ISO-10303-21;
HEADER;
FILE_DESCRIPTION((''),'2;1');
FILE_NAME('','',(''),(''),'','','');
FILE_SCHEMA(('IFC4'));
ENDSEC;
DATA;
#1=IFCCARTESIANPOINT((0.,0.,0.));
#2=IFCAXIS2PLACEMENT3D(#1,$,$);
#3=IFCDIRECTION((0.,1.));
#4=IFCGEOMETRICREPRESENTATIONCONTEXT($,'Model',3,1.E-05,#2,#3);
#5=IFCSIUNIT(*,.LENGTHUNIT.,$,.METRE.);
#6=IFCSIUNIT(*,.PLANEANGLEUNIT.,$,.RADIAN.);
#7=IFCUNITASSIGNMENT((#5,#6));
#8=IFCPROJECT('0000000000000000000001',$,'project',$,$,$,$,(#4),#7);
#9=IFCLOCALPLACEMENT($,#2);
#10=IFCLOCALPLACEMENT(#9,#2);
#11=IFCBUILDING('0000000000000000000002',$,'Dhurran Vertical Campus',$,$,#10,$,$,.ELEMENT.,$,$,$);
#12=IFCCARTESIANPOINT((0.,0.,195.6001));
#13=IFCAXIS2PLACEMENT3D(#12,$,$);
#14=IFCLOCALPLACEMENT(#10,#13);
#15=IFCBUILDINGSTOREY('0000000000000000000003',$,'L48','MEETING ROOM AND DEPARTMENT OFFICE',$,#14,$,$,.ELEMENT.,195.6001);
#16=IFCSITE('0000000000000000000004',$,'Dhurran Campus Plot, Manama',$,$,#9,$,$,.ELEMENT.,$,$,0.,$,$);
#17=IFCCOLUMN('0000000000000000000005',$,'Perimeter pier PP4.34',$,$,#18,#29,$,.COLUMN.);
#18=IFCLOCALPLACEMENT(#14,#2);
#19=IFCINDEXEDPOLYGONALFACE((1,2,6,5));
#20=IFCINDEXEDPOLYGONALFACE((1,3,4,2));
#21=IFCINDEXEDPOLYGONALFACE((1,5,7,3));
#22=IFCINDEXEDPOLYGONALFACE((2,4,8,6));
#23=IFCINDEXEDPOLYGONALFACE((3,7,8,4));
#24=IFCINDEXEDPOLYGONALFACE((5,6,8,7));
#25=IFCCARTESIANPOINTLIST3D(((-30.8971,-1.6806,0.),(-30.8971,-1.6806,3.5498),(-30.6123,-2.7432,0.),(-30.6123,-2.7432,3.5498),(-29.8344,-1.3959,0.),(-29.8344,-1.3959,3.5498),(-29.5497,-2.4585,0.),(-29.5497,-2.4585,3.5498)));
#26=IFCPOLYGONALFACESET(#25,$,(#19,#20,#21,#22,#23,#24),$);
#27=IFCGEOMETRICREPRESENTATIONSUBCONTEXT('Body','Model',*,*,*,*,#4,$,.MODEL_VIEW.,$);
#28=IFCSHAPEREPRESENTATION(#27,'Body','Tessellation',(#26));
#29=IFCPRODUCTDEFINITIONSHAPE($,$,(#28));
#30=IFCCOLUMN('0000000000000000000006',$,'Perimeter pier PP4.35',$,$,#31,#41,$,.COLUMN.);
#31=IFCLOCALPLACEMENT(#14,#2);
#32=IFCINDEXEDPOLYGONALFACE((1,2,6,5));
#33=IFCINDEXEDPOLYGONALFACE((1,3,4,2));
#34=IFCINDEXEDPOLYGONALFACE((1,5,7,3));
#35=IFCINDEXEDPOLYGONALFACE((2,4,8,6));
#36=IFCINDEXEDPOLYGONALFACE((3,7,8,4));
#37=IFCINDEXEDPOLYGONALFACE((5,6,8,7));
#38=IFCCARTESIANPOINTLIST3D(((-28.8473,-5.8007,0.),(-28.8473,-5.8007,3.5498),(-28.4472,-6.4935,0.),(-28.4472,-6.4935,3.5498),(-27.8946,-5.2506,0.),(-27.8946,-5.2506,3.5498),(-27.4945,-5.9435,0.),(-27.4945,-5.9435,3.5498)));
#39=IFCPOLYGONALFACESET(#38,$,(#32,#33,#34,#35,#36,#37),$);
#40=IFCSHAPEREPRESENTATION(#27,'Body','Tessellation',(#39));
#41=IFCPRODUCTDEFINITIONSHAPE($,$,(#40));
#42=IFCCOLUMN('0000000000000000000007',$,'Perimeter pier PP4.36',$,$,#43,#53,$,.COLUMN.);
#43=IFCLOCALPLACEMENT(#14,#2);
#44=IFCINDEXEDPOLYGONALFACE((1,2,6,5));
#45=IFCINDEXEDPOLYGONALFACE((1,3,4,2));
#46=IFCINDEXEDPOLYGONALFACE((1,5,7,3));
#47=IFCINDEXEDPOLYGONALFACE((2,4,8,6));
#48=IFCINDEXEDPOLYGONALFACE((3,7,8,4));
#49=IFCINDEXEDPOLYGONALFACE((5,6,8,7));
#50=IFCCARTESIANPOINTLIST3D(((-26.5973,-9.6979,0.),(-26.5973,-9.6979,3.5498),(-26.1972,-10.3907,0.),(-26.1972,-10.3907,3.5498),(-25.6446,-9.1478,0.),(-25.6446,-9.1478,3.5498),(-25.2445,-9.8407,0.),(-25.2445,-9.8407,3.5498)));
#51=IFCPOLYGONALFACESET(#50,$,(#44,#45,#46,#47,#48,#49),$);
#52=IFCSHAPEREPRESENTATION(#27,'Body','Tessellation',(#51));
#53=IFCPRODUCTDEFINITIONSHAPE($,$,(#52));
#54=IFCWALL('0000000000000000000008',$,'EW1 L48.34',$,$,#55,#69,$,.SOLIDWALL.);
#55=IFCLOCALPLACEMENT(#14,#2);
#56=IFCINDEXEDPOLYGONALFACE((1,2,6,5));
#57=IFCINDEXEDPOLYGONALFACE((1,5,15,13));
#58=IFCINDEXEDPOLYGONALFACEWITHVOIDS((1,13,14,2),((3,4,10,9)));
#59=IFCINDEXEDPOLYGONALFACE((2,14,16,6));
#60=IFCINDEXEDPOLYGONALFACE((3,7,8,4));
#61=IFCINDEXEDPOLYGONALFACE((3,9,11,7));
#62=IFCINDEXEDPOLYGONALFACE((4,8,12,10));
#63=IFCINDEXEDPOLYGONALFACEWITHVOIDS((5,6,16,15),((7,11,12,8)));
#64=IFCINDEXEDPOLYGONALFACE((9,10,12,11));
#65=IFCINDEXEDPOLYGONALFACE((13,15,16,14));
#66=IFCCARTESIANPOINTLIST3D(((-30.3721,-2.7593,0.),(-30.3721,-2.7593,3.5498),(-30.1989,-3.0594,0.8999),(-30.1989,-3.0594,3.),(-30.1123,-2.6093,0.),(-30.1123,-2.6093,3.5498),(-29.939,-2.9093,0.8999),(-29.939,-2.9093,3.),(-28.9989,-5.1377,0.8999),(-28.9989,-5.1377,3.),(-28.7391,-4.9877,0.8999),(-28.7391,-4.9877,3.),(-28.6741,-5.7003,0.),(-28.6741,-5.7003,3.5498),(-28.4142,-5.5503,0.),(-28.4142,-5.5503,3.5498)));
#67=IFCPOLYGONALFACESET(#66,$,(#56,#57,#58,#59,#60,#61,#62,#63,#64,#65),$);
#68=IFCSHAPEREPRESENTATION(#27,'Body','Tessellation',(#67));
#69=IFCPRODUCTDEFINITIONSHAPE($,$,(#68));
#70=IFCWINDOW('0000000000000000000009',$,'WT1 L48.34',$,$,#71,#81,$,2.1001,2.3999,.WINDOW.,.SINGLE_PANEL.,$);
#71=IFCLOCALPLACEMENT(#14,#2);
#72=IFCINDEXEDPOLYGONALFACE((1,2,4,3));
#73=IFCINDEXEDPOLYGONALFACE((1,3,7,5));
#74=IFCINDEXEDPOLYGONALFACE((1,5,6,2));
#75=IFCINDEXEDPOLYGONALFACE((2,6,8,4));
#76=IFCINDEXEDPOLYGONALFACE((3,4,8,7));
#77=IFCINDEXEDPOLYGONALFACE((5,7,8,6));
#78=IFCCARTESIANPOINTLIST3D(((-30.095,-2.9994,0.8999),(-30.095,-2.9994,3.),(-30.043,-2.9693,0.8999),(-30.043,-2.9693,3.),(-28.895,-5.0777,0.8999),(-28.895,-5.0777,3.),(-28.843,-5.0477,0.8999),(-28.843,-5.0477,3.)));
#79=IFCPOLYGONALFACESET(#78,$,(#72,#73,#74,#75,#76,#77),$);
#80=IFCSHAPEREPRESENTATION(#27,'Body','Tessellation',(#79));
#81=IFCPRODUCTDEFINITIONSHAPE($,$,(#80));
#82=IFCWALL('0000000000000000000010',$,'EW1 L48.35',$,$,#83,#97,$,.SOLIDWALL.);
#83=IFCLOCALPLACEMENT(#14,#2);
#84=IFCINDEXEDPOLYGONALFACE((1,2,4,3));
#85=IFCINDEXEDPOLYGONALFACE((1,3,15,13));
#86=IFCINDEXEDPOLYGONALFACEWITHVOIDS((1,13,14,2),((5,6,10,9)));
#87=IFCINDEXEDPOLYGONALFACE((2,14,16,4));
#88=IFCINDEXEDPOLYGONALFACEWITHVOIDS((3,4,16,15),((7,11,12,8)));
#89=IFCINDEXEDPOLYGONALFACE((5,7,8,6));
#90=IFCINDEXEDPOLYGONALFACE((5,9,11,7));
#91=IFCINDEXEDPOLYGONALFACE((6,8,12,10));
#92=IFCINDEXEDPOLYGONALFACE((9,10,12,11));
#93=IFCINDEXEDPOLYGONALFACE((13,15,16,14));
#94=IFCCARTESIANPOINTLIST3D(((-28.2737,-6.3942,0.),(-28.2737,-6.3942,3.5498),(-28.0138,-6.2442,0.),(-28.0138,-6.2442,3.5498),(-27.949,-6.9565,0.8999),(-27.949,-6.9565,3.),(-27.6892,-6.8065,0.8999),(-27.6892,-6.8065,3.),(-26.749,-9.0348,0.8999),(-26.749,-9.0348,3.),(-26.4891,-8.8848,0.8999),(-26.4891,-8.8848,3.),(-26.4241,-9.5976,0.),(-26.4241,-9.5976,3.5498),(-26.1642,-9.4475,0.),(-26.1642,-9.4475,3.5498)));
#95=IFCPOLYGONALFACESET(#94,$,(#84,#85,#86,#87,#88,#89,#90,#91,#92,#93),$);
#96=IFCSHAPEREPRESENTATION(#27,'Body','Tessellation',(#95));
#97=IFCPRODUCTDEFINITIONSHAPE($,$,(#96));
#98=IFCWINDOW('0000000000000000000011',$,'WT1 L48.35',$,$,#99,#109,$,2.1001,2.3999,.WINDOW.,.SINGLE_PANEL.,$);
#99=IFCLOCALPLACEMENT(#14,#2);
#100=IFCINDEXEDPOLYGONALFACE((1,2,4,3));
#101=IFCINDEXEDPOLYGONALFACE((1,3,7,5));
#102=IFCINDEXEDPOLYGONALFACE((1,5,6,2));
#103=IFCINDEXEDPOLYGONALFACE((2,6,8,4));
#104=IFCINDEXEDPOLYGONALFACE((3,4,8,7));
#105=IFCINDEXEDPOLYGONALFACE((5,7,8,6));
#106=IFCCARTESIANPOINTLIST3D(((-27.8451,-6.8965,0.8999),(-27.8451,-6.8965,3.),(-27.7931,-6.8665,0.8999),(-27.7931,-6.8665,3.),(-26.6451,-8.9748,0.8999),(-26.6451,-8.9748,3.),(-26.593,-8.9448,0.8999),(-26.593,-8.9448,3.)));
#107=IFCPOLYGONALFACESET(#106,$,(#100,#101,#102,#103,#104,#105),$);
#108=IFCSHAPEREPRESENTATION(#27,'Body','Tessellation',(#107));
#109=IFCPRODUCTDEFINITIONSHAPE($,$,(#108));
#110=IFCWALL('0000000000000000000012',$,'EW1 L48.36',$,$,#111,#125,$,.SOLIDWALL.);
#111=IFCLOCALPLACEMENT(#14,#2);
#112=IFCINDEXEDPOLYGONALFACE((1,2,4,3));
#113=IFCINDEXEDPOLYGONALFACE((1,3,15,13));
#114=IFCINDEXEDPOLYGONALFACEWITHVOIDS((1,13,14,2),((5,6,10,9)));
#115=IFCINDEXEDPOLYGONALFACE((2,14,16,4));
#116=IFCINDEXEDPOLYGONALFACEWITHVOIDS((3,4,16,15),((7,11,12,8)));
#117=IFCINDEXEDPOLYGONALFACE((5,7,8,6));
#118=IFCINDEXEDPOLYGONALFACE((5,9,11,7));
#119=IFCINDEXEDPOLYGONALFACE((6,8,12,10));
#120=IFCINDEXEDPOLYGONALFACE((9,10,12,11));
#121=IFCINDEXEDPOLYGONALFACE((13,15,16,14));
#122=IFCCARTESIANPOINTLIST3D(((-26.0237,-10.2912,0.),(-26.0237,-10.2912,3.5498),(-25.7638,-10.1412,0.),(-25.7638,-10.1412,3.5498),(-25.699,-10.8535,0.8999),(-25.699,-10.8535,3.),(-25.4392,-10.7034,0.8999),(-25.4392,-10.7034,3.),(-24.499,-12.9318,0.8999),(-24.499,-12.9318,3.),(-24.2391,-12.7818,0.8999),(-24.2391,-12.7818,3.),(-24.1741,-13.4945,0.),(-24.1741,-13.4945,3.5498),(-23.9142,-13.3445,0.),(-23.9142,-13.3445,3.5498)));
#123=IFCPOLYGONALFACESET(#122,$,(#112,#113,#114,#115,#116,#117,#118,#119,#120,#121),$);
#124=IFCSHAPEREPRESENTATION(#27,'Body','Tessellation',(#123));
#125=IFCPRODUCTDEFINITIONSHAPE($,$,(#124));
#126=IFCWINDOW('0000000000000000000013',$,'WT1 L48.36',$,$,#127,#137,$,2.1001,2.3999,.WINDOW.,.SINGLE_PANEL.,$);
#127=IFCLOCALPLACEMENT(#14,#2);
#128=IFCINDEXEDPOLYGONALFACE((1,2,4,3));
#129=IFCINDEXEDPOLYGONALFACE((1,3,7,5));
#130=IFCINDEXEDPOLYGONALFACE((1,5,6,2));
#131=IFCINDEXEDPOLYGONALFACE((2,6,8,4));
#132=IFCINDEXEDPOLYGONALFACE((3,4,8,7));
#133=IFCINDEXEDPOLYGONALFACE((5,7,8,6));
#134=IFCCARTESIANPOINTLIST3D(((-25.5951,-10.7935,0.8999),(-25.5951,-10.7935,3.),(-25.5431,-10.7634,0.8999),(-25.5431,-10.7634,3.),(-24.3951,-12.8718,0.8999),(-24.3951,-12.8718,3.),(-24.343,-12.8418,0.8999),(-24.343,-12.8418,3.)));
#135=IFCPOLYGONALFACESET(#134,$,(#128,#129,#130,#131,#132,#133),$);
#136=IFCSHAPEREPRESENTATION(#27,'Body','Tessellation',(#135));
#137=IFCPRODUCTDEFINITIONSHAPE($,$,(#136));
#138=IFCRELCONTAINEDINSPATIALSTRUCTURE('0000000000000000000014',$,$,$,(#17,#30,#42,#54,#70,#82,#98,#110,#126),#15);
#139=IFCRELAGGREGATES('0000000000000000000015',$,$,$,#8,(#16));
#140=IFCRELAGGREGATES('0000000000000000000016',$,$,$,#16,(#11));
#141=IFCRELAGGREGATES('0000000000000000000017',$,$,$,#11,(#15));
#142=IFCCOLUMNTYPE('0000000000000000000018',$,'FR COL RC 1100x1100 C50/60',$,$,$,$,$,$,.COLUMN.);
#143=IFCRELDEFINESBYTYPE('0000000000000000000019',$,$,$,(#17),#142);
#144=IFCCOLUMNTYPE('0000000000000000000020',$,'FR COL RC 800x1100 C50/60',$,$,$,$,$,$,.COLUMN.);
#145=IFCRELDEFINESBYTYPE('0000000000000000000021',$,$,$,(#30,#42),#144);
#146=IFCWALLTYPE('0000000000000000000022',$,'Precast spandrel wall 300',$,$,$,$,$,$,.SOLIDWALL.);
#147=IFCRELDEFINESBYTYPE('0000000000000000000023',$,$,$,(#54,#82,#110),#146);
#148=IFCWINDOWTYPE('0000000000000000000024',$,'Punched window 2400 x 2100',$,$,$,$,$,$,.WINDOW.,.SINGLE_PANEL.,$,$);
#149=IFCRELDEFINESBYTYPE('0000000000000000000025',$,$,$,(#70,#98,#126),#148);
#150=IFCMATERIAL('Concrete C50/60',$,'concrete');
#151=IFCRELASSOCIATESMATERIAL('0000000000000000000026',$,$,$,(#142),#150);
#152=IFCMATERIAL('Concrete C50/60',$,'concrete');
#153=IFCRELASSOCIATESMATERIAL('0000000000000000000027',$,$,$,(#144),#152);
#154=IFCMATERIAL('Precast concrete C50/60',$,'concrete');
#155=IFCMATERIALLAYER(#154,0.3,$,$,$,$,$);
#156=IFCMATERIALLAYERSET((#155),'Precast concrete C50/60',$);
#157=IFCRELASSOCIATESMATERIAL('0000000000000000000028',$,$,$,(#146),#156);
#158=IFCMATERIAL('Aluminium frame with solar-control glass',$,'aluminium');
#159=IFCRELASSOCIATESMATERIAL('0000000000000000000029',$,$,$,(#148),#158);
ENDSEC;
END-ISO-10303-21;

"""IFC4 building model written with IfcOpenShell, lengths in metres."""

from ifc_helpers import new_model, si_unit, direction, frame, frame_2d, origin, origin_2d, place, context, subcontext, project, spatial, rectangle, extrude, material, layer, layer_set, material_profile, profile_set, type_object, element, fill, save


model = new_model("IFC4")

# Units and contexts
model_context = context("Model", 3, precision=1e-05, world=origin(), true_north=direction((0.0, 1.0)))
body_context = subcontext(model_context, "Body", "Model", "MODEL_VIEW")
ifc_project = project(units=[si_unit("LENGTHUNIT", "METRE"), si_unit("PLANEANGLEUNIT", "RADIAN")], contexts=[model_context])

# Site, building, storey
site_placement = place(None, origin())
site = spatial("IfcSite", under=ifc_project, at=site_placement, Name="Dhurran Campus Plot, Manama", CompositionType="ELEMENT", RefElevation=0.0)
building_placement = place(site_placement, origin())
building = spatial("IfcBuilding", under=site, at=building_placement, Name="Dhurran Vertical Campus", CompositionType="ELEMENT")
storey_placement = place(building_placement, frame((0.0, 0.0, 195.6001)))
storey = spatial("IfcBuildingStorey", under=building, at=storey_placement, Name="L48", Description="MEETING ROOM AND DEPARTMENT OFFICE", CompositionType="ELEMENT", Elevation=195.6001)

# Columns
ifc_material_1 = material(Name="Concrete C50/60", Category="concrete")
ifc_material_profile_1 = material_profile(ifc_material_1, rectangle(XDim=1.1001, YDim=1.1001, at=origin_2d()), Name="RC 1100x1100")
ifc_profile_set_1 = profile_set([ifc_material_profile_1], Name="Concrete C50/60")
column_type_1 = type_object("IfcColumnType", Name="FR COL RC 1100x1100 C50/60", PredefinedType="COLUMN", material=ifc_profile_set_1)
column_placement = place(storey_placement, frame((-30.2234, -2.0696, 0.0), z_axis=(0.0, 0.0, 1.0), x_axis=(0.258819, -0.965926, 0.0)))
element("IfcColumn", 1, at=column_placement, inside=storey, type_object=column_type_1, Name="Perimeter pier PP4.34", PredefinedType="COLUMN", context=body_context, shape_type="SweptSolid", body=[
    extrude(rectangle(XDim=1.1001, YDim=1.1001, at=origin_2d()), origin(), (0.0, 0.0, 1.0), 3.5498),
])
ifc_material_2 = material(Name="Concrete C50/60", Category="concrete")
ifc_material_profile_2 = material_profile(ifc_material_2, rectangle(XDim=0.8, YDim=1.1001, at=origin_2d()), Name="RC 800x1100")
ifc_profile_set_2 = profile_set([ifc_material_profile_2], Name="Concrete C50/60")
column_type_2 = type_object("IfcColumnType", Name="FR COL RC 800x1100 C50/60", PredefinedType="COLUMN", material=ifc_profile_set_2)
for number, where, z_axis, x_axis, name in (
    (2, (-28.1709, -5.8721, 0.0), (0.0, 0.0, 1.0), (0.5, -0.866025, 0.0), "Perimeter pier PP4.35"),
    (3, (-25.9209, -9.7693, 0.0), (0.0, 0.0, 1.0), (0.5, -0.866025, 0.0), "Perimeter pier PP4.36"),
):
    element("IfcColumn", number, at=place(storey_placement, frame(where, z_axis=z_axis, x_axis=x_axis)), inside=storey, type_object=column_type_2, Name=name, PredefinedType="COLUMN", context=body_context, shape_type="SweptSolid", body=[
        extrude(rectangle(XDim=0.8, YDim=1.1001, at=origin_2d()), origin(), (0.0, 0.0, 1.0), 3.5498),
    ])

# Walls, openings, windows
ifc_material_3 = material(Name="Precast concrete C50/60", Category="concrete")
ifc_layer_1 = layer(ifc_material_3, 0.3)
ifc_layer_set_1 = layer_set([ifc_layer_1], Name="Precast concrete C50/60")
wall_type_1 = type_object("IfcWallType", Name="Precast spandrel wall 300", PredefinedType="SOLIDWALL", material=ifc_layer_set_1)
wall_1_placement = place(storey_placement, frame((-30.2422, -2.6843, 0.0), z_axis=(0.0, 0.0, 1.0), x_axis=(0.500013, -0.866018, 0.0)))
wall_1 = element("IfcWall", 4, at=wall_1_placement, inside=storey, type_object=wall_type_1, Name="EW1 L48.34", PredefinedType="SOLIDWALL", context=body_context, shape_type="SweptSolid", body=[
    extrude(rectangle(XDim=3.396, YDim=0.3, at=frame_2d((1.698, 0.0))), origin(), (0.0, 0.0, 1.0), 3.5498),
])
opening_1_placement = place(wall_1_placement, frame((0.3464, 0.0, 0.8999)))
opening_1 = element("IfcOpeningElement", 5, at=opening_1_placement, cuts=wall_1, PredefinedType="OPENING", context=body_context, shape_type="SweptSolid", body=[
    extrude(rectangle(XDim=2.3999, YDim=2.1001, at=frame_2d((1.2, 1.05))), frame((0.0, 0.1599, 0.0), z_axis=(0.0, -1.0, 0.0), x_axis=(1.0, 0.0, 0.0)), (0.0, 0.0, 1.0), 0.3201),
])
ifc_material_4 = material(Name="Aluminium frame with solar-control glass", Category="aluminium")
window_type = type_object("IfcWindowType", Name="Punched window 2400 x 2100", PartitioningType="SINGLE_PANEL", PredefinedType="WINDOW", material=ifc_material_4)
window_1_placement = place(opening_1_placement, origin())
window_1 = element("IfcWindow", 6, at=window_1_placement, inside=storey, type_object=window_type, Name="WT1 L48.34", OverallHeight=2.1001, OverallWidth=2.3999, PartitioningType="SINGLE_PANEL", PredefinedType="WINDOW", context=body_context, shape_type="SweptSolid", body=[
    extrude(rectangle(XDim=2.3999, YDim=2.1001, at=frame_2d((1.2, 1.05))), frame((0.0, 0.03, 0.0), z_axis=(0.0, -1.0, 0.0), x_axis=(1.0, 0.0, 0.0)), (0.0, 0.0, 1.0), 0.0601),
])
fill(opening_1, window_1)
wall_2_placement = place(storey_placement, frame((-28.1438, -6.3191, 0.0), z_axis=(0.0, 0.0, 1.0), x_axis=(0.500029, -0.866009, 0.0)))
wall_2 = element("IfcWall", 7, at=wall_2_placement, inside=storey, type_object=wall_type_1, Name="EW1 L48.35", PredefinedType="SOLIDWALL", context=body_context, shape_type="SweptSolid", body=[
    extrude(rectangle(XDim=3.699, YDim=0.3, at=frame_2d((1.8496, 0.0))), origin(), (0.0, 0.0, 1.0), 3.5498),
])
opening_2_placement = place(wall_2_placement, frame((0.6494, 0.0, 0.8999)))
opening_2 = element("IfcOpeningElement", 8, at=opening_2_placement, cuts=wall_2, PredefinedType="OPENING", context=body_context, shape_type="SweptSolid", body=[
    extrude(rectangle(XDim=2.3999, YDim=2.1001, at=frame_2d((1.2, 1.05))), frame((0.0, 0.1599, 0.0), z_axis=(0.0, -1.0, 0.0), x_axis=(1.0, 0.0, 0.0)), (0.0, 0.0, 1.0), 0.3201),
])
window_2_placement = place(opening_2_placement, origin())
window_2 = element("IfcWindow", 9, at=window_2_placement, inside=storey, type_object=window_type, Name="WT1 L48.35", OverallHeight=2.1001, OverallWidth=2.3999, PartitioningType="SINGLE_PANEL", PredefinedType="WINDOW", context=body_context, shape_type="SweptSolid", body=[
    extrude(rectangle(XDim=2.3999, YDim=2.1001, at=frame_2d((1.2, 1.05))), frame((0.0, 0.03, 0.0), z_axis=(0.0, -1.0, 0.0), x_axis=(1.0, 0.0, 0.0)), (0.0, 0.0, 1.0), 0.0601),
])
fill(opening_2, window_2)
wall_3_placement = place(storey_placement, frame((-25.8938, -10.2161, 0.0), z_axis=(0.0, 0.0, 1.0), x_axis=(0.500029, -0.866009, 0.0)))
wall_3 = element("IfcWall", 10, at=wall_3_placement, inside=storey, type_object=wall_type_1, Name="EW1 L48.36", PredefinedType="SOLIDWALL", context=body_context, shape_type="SweptSolid", body=[
    extrude(rectangle(XDim=3.699, YDim=0.3, at=frame_2d((1.8496, 0.0))), origin(), (0.0, 0.0, 1.0), 3.5498),
])
opening_3_placement = place(wall_3_placement, frame((0.6494, 0.0, 0.8999)))
opening_3 = element("IfcOpeningElement", 11, at=opening_3_placement, cuts=wall_3, PredefinedType="OPENING", context=body_context, shape_type="SweptSolid", body=[
    extrude(rectangle(XDim=2.3999, YDim=2.1001, at=frame_2d((1.2, 1.05))), frame((0.0, 0.1599, 0.0), z_axis=(0.0, -1.0, 0.0), x_axis=(1.0, 0.0, 0.0)), (0.0, 0.0, 1.0), 0.3201),
])
window_3_placement = place(opening_3_placement, origin())
window_3 = element("IfcWindow", 12, at=window_3_placement, inside=storey, type_object=window_type, Name="WT1 L48.36", OverallHeight=2.1001, OverallWidth=2.3999, PartitioningType="SINGLE_PANEL", PredefinedType="WINDOW", context=body_context, shape_type="SweptSolid", body=[
    extrude(rectangle(XDim=2.3999, YDim=2.1001, at=frame_2d((1.2, 1.05))), frame((0.0, 0.03, 0.0), z_axis=(0.0, -1.0, 0.0), x_axis=(1.0, 0.0, 0.0)), (0.0, 0.0, 1.0), 0.0601),
])
fill(opening_3, window_3)

save(model, "model.ifc")
